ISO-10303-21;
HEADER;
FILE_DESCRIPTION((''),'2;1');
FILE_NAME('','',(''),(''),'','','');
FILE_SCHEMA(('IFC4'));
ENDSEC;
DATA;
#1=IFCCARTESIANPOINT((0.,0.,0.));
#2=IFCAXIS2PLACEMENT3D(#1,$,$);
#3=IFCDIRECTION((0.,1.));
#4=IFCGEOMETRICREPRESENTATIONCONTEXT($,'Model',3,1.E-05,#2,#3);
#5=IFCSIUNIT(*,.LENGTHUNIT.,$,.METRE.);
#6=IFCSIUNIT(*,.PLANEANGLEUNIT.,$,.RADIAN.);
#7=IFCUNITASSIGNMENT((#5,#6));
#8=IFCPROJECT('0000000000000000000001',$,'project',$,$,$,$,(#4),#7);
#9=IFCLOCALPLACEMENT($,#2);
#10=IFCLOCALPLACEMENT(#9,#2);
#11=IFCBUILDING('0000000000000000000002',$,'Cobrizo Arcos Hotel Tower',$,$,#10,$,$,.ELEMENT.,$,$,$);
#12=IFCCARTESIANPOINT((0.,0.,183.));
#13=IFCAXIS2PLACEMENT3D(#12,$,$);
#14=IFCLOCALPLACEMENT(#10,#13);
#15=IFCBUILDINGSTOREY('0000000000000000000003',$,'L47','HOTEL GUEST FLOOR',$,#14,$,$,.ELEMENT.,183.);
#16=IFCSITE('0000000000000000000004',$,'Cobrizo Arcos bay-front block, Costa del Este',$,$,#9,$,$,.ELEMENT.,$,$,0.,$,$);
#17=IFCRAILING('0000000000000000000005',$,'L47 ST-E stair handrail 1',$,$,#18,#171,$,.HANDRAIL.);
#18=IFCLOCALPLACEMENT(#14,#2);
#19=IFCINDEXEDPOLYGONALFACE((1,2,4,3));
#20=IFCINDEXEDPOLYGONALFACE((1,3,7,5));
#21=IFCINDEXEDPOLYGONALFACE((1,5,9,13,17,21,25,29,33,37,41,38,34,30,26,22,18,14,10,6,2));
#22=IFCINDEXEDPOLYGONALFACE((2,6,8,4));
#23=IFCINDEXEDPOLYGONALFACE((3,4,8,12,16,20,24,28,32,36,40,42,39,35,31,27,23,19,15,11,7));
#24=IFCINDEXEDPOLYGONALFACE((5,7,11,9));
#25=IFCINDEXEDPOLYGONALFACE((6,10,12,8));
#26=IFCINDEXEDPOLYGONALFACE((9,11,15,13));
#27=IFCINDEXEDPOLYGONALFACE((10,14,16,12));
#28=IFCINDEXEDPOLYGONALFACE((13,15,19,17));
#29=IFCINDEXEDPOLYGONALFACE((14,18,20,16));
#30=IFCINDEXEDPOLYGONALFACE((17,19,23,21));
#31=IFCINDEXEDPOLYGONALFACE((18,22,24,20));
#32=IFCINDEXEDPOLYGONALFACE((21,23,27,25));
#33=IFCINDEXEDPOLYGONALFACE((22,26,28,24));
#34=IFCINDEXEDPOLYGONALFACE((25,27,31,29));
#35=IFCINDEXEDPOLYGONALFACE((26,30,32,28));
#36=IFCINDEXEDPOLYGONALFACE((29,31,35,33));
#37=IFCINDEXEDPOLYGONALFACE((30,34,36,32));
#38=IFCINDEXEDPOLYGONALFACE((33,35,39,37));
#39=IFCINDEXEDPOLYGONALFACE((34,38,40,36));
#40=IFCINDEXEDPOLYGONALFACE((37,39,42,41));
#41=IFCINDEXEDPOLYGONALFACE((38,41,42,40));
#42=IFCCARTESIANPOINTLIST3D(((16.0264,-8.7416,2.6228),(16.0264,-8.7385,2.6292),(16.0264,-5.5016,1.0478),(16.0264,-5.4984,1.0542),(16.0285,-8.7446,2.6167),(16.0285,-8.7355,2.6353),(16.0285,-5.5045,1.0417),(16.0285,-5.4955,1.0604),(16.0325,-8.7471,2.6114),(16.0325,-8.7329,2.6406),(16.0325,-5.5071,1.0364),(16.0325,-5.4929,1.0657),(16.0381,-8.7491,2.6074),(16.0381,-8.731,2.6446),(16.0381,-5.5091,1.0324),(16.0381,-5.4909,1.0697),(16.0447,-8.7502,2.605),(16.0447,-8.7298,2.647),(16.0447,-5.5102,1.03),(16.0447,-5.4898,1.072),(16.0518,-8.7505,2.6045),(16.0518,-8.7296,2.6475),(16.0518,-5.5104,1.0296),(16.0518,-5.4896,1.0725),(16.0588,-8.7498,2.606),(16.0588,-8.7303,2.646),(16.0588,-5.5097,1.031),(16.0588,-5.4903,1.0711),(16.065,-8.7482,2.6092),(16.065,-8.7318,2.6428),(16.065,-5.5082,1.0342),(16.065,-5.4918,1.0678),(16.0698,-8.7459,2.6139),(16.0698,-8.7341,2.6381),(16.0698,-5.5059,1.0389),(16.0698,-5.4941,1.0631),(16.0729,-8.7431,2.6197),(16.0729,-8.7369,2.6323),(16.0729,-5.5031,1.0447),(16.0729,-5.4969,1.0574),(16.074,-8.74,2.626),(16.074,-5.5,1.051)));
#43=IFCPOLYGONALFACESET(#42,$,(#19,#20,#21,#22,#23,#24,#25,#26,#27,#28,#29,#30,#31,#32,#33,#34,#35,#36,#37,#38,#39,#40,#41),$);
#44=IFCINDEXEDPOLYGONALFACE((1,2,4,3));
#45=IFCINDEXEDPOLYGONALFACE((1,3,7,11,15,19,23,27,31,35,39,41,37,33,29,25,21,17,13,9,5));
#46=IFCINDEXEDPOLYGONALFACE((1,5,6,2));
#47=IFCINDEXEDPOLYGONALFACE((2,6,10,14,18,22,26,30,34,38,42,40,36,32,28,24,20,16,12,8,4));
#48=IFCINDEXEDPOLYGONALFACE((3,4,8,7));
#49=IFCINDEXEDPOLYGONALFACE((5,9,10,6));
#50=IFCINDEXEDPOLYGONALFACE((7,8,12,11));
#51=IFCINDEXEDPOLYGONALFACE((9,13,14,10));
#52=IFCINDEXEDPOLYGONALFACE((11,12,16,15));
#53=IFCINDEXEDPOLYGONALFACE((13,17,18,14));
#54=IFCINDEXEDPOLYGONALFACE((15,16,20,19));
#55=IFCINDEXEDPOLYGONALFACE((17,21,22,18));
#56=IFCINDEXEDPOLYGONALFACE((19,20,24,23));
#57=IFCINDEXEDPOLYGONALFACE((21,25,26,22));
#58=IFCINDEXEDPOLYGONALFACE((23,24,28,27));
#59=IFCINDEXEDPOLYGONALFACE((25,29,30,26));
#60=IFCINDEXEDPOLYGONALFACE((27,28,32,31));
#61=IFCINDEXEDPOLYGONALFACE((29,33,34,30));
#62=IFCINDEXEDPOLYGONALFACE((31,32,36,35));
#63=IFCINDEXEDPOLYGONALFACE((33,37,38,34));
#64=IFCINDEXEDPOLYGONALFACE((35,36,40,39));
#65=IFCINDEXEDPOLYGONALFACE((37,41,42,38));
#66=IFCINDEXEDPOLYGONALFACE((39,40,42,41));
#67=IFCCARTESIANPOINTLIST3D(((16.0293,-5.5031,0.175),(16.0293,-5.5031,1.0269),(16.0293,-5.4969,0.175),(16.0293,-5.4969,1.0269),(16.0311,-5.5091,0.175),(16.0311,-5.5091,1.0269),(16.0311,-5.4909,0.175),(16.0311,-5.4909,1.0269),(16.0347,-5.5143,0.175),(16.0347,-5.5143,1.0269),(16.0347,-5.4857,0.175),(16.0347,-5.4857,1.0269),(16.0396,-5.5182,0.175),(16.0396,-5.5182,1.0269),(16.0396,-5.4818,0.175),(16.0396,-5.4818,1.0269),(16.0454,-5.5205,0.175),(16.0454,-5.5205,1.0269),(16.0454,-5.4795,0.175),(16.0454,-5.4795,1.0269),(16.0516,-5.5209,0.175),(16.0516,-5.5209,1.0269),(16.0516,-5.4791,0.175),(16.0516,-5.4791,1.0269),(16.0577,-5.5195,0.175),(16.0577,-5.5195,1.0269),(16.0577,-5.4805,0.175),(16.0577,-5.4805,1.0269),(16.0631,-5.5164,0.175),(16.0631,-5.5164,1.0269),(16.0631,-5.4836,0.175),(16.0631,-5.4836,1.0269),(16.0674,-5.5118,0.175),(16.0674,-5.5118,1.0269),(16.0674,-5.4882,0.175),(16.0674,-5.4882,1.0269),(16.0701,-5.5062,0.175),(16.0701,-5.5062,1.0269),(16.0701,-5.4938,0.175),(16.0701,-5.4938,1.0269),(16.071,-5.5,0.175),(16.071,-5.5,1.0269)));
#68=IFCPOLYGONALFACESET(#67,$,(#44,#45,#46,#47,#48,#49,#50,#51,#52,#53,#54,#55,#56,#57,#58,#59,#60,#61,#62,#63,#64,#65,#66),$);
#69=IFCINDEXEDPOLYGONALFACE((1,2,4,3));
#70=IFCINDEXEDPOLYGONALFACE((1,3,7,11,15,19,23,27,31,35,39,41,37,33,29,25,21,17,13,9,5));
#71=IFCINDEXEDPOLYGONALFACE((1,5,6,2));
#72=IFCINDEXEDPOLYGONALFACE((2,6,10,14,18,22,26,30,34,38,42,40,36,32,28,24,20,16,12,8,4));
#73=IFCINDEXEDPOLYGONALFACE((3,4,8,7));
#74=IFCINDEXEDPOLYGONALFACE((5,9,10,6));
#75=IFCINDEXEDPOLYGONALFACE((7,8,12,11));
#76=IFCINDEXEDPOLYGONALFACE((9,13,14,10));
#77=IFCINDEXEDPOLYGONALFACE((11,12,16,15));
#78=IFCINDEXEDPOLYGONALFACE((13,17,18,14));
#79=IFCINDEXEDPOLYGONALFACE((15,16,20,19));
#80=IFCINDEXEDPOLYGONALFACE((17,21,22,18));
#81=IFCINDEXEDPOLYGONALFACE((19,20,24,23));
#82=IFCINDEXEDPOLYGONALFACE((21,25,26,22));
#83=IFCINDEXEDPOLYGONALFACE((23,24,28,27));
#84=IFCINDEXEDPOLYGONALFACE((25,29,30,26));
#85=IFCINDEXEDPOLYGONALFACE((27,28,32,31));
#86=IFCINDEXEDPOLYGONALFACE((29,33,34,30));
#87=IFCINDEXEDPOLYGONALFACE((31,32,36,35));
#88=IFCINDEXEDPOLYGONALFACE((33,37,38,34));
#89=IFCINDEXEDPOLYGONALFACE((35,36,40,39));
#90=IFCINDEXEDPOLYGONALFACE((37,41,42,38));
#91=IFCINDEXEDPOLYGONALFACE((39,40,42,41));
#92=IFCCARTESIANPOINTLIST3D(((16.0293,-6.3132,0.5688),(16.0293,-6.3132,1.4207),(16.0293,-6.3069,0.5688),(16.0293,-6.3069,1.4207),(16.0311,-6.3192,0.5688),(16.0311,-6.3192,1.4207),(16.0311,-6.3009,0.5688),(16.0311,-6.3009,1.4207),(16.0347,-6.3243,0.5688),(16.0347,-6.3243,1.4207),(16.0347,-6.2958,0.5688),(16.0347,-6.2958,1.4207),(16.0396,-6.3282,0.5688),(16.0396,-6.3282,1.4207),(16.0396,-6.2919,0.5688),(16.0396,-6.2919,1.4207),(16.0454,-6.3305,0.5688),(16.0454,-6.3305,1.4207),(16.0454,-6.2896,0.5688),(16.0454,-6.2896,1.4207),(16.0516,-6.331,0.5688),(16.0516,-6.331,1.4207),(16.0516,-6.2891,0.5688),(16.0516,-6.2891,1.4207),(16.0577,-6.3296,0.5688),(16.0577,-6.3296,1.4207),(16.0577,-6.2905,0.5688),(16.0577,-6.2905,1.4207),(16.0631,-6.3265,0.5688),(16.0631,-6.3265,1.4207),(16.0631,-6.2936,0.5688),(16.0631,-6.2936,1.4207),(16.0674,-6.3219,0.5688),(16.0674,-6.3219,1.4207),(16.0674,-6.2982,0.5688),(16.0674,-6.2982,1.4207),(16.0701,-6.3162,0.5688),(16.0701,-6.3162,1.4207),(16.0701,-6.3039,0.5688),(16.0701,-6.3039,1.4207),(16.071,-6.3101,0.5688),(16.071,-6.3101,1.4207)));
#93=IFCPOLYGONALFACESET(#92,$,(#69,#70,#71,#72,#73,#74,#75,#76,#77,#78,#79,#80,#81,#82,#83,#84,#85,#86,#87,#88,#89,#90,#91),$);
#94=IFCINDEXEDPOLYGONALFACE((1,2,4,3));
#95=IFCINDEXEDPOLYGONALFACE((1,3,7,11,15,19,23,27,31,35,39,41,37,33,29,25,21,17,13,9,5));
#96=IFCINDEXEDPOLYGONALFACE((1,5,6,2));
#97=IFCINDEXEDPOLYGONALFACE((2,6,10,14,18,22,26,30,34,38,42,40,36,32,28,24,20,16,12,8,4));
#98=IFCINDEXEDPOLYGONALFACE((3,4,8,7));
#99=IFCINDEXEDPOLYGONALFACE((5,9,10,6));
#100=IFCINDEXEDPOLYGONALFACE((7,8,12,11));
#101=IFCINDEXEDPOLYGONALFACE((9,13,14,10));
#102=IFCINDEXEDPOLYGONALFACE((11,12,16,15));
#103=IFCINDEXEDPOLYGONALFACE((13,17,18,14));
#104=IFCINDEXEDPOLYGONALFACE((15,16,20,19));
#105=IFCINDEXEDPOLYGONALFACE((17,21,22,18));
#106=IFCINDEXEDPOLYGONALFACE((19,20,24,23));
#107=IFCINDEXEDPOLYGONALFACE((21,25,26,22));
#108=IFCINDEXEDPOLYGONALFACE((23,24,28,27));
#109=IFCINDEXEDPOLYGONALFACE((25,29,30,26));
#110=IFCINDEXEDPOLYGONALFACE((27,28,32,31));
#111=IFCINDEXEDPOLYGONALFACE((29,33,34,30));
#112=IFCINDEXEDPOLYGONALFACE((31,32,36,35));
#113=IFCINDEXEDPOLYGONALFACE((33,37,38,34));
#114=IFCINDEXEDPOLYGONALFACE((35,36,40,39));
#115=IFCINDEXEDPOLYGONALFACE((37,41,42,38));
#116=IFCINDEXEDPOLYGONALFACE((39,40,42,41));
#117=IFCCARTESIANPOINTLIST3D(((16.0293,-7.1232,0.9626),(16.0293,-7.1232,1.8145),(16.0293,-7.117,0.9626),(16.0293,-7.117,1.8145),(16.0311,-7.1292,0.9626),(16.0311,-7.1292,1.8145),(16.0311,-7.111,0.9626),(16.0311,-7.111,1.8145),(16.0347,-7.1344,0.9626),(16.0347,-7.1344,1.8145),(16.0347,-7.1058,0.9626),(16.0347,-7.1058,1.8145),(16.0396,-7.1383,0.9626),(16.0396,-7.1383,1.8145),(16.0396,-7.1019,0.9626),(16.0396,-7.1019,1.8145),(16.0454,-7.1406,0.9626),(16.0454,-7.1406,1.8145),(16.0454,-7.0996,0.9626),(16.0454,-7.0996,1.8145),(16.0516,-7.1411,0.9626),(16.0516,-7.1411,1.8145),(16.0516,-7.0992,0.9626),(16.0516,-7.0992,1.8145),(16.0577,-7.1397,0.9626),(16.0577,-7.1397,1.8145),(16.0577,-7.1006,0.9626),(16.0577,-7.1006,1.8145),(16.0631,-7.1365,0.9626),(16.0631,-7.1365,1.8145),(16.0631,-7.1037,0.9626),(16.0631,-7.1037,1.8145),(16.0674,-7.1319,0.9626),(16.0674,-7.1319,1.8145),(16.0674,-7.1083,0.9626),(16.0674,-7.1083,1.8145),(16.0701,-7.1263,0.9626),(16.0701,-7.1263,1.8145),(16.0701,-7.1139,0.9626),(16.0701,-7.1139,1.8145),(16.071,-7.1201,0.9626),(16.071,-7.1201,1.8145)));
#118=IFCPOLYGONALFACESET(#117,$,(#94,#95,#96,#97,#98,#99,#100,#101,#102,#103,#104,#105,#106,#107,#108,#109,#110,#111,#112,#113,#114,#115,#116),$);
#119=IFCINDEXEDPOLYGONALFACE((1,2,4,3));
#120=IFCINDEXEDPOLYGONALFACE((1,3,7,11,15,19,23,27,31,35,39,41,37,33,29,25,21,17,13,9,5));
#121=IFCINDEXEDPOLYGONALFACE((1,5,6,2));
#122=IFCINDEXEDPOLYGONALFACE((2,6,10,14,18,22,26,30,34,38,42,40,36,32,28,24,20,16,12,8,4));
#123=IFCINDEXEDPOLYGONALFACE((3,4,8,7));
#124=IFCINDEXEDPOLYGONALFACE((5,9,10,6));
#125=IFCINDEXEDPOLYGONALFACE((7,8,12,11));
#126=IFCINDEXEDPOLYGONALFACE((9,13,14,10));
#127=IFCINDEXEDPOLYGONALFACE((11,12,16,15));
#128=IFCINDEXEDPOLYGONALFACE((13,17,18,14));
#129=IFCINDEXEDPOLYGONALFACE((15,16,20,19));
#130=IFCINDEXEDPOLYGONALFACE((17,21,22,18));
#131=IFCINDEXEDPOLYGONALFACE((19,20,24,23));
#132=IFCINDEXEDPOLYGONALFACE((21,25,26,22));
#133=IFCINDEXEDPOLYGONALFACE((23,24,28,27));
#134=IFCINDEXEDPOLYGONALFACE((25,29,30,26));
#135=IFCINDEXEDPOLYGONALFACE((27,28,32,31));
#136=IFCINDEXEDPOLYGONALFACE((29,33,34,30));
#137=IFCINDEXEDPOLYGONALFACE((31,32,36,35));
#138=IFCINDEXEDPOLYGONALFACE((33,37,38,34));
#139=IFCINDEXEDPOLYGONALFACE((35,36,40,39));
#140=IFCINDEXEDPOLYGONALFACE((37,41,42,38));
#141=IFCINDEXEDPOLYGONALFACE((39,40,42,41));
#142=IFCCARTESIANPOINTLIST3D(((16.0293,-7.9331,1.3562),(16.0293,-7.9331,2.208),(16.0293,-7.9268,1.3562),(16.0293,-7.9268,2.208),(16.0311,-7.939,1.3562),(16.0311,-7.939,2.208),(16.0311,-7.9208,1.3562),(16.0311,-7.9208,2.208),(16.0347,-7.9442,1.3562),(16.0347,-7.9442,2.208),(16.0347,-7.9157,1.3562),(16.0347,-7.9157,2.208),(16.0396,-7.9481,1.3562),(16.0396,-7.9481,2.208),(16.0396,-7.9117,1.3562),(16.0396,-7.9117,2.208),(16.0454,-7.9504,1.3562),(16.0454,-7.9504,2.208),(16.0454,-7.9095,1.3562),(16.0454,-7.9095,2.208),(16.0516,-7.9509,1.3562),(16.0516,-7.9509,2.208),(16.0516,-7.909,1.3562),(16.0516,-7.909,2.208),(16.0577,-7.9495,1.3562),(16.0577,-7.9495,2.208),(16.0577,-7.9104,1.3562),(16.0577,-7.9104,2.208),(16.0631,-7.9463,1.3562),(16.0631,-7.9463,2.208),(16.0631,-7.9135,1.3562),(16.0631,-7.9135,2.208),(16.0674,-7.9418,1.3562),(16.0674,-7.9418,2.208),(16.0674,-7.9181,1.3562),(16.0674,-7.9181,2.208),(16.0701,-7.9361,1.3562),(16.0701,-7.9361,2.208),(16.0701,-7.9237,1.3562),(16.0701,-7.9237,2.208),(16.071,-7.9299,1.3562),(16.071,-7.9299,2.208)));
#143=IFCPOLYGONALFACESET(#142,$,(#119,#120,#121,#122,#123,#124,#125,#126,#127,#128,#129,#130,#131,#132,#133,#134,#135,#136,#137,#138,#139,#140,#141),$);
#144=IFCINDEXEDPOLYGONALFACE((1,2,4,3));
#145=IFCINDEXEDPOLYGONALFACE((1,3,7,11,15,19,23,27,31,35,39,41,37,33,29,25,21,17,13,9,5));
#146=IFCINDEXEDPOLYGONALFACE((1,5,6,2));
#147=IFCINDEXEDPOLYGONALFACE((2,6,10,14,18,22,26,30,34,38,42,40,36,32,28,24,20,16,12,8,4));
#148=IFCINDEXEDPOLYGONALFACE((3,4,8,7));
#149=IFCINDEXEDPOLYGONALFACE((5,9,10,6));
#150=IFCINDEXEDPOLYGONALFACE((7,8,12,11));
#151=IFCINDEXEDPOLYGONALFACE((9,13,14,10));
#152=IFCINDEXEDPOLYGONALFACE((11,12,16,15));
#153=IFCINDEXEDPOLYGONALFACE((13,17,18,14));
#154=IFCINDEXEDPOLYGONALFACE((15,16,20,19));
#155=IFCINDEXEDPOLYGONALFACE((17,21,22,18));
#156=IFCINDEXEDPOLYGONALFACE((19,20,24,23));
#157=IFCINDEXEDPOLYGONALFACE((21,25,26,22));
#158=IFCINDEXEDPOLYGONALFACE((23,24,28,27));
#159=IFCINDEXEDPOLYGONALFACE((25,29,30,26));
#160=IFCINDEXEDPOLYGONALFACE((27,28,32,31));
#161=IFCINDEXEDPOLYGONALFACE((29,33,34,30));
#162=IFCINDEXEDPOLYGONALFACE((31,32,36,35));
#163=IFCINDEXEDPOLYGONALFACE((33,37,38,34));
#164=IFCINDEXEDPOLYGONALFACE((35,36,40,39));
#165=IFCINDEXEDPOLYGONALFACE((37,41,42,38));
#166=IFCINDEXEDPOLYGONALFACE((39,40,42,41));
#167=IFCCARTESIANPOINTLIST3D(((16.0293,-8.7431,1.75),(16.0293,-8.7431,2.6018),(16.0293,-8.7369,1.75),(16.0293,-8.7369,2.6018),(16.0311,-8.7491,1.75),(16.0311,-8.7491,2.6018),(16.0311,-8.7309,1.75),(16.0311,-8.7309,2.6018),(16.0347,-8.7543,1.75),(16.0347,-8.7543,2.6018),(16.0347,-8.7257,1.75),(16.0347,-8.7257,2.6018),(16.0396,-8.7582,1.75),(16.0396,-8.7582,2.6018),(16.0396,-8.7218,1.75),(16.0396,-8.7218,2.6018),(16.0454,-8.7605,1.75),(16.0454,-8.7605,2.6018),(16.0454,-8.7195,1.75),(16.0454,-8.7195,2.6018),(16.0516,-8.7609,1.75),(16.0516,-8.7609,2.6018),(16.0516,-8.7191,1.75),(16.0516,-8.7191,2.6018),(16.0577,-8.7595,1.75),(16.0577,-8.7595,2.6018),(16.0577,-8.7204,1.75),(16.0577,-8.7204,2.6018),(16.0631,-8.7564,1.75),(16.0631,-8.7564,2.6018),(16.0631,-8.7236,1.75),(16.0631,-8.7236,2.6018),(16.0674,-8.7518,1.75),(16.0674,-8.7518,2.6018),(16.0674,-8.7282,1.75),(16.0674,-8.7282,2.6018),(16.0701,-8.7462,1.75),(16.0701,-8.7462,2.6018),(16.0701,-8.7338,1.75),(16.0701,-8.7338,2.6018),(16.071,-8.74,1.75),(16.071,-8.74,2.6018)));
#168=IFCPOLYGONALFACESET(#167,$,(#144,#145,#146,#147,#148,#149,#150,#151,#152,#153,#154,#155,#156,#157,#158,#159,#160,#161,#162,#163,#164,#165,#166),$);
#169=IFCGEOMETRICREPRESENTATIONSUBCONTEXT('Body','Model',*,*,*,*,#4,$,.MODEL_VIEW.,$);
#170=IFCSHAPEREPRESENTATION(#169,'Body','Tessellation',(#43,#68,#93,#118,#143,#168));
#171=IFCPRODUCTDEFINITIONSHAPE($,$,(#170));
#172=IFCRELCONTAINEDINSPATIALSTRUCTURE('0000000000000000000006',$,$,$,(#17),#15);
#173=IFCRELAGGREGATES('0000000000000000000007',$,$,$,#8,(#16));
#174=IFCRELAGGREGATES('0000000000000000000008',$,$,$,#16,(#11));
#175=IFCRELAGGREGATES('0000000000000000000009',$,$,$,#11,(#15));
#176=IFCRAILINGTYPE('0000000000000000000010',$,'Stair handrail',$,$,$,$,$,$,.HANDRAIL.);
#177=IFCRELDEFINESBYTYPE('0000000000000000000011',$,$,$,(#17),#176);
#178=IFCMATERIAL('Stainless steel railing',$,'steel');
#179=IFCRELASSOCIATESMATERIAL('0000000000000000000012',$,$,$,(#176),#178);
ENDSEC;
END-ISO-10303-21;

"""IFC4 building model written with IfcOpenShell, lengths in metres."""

from ifc_helpers import new_model, si_unit, direction, frame, origin, origin_2d, place, context, subcontext, project, spatial, circle, extrude, material, type_object, element, save


model = new_model("IFC4")

# Units and contexts
model_context = context("Model", 3, precision=1e-05, world=origin(), true_north=direction((0.0, 1.0)))
body_context = subcontext(model_context, "Body", "Model", "MODEL_VIEW")
ifc_project = project(units=[si_unit("LENGTHUNIT", "METRE"), si_unit("PLANEANGLEUNIT", "RADIAN")], contexts=[model_context])

# Site, building, storey
site_placement = place(None, origin())
site = spatial("IfcSite", under=ifc_project, at=site_placement, Name="Cobrizo Arcos bay-front block, Costa del Este", CompositionType="ELEMENT", RefElevation=0.0)
building_placement = place(site_placement, origin())
building = spatial("IfcBuilding", under=site, at=building_placement, Name="Cobrizo Arcos Hotel Tower", CompositionType="ELEMENT")
storey_placement = place(building_placement, frame((0.0, 0.0, 183.0)))
storey = spatial("IfcBuildingStorey", under=building, at=storey_placement, Name="L47", Description="HOTEL GUEST FLOOR", CompositionType="ELEMENT", Elevation=183.0)

# Railing
ifc_material_1 = material(Name="Stainless steel railing", Category="steel")
railing_type_1 = type_object("IfcRailingType", Name="Stair handrail", PredefinedType="HANDRAIL", material=ifc_material_1)
railing_1_placement = place(storey_placement, frame((16.05, -5.5, 0.175)))
element("IfcRailing", 1, at=railing_1_placement, inside=storey, type_object=railing_type_1, Name="L47 ST-E stair handrail 1", PredefinedType="HANDRAIL", context=body_context, shape_type="SweptSolid", body=[
    extrude(circle(Radius=0.0239, at=origin_2d()), frame((0.0, 0.0, 0.876), z_axis=(0.0, -0.899373, 0.437183), x_axis=(1.0, 0.0, 0.0)), (0.0, 0.0, 1.0), 3.6025),
    extrude(circle(Radius=0.021, at=origin_2d()), origin(), (0.0, 0.0, 1.0), 0.8518),
    extrude(circle(Radius=0.021, at=origin_2d()), frame((0.0, -0.8101, 0.3938)), (0.0, 0.0, 1.0), 0.8518),
    extrude(circle(Radius=0.021, at=origin_2d()), frame((0.0, -1.6201, 0.7876)), (0.0, 0.0, 1.0), 0.8518),
    extrude(circle(Radius=0.021, at=origin_2d()), frame((0.0, -2.4299, 1.1812)), (0.0, 0.0, 1.0), 0.8518),
    extrude(circle(Radius=0.021, at=origin_2d()), frame((0.0, -3.24, 1.575)), (0.0, 0.0, 1.0), 0.8518),
])

save(model, "model.ifc")
